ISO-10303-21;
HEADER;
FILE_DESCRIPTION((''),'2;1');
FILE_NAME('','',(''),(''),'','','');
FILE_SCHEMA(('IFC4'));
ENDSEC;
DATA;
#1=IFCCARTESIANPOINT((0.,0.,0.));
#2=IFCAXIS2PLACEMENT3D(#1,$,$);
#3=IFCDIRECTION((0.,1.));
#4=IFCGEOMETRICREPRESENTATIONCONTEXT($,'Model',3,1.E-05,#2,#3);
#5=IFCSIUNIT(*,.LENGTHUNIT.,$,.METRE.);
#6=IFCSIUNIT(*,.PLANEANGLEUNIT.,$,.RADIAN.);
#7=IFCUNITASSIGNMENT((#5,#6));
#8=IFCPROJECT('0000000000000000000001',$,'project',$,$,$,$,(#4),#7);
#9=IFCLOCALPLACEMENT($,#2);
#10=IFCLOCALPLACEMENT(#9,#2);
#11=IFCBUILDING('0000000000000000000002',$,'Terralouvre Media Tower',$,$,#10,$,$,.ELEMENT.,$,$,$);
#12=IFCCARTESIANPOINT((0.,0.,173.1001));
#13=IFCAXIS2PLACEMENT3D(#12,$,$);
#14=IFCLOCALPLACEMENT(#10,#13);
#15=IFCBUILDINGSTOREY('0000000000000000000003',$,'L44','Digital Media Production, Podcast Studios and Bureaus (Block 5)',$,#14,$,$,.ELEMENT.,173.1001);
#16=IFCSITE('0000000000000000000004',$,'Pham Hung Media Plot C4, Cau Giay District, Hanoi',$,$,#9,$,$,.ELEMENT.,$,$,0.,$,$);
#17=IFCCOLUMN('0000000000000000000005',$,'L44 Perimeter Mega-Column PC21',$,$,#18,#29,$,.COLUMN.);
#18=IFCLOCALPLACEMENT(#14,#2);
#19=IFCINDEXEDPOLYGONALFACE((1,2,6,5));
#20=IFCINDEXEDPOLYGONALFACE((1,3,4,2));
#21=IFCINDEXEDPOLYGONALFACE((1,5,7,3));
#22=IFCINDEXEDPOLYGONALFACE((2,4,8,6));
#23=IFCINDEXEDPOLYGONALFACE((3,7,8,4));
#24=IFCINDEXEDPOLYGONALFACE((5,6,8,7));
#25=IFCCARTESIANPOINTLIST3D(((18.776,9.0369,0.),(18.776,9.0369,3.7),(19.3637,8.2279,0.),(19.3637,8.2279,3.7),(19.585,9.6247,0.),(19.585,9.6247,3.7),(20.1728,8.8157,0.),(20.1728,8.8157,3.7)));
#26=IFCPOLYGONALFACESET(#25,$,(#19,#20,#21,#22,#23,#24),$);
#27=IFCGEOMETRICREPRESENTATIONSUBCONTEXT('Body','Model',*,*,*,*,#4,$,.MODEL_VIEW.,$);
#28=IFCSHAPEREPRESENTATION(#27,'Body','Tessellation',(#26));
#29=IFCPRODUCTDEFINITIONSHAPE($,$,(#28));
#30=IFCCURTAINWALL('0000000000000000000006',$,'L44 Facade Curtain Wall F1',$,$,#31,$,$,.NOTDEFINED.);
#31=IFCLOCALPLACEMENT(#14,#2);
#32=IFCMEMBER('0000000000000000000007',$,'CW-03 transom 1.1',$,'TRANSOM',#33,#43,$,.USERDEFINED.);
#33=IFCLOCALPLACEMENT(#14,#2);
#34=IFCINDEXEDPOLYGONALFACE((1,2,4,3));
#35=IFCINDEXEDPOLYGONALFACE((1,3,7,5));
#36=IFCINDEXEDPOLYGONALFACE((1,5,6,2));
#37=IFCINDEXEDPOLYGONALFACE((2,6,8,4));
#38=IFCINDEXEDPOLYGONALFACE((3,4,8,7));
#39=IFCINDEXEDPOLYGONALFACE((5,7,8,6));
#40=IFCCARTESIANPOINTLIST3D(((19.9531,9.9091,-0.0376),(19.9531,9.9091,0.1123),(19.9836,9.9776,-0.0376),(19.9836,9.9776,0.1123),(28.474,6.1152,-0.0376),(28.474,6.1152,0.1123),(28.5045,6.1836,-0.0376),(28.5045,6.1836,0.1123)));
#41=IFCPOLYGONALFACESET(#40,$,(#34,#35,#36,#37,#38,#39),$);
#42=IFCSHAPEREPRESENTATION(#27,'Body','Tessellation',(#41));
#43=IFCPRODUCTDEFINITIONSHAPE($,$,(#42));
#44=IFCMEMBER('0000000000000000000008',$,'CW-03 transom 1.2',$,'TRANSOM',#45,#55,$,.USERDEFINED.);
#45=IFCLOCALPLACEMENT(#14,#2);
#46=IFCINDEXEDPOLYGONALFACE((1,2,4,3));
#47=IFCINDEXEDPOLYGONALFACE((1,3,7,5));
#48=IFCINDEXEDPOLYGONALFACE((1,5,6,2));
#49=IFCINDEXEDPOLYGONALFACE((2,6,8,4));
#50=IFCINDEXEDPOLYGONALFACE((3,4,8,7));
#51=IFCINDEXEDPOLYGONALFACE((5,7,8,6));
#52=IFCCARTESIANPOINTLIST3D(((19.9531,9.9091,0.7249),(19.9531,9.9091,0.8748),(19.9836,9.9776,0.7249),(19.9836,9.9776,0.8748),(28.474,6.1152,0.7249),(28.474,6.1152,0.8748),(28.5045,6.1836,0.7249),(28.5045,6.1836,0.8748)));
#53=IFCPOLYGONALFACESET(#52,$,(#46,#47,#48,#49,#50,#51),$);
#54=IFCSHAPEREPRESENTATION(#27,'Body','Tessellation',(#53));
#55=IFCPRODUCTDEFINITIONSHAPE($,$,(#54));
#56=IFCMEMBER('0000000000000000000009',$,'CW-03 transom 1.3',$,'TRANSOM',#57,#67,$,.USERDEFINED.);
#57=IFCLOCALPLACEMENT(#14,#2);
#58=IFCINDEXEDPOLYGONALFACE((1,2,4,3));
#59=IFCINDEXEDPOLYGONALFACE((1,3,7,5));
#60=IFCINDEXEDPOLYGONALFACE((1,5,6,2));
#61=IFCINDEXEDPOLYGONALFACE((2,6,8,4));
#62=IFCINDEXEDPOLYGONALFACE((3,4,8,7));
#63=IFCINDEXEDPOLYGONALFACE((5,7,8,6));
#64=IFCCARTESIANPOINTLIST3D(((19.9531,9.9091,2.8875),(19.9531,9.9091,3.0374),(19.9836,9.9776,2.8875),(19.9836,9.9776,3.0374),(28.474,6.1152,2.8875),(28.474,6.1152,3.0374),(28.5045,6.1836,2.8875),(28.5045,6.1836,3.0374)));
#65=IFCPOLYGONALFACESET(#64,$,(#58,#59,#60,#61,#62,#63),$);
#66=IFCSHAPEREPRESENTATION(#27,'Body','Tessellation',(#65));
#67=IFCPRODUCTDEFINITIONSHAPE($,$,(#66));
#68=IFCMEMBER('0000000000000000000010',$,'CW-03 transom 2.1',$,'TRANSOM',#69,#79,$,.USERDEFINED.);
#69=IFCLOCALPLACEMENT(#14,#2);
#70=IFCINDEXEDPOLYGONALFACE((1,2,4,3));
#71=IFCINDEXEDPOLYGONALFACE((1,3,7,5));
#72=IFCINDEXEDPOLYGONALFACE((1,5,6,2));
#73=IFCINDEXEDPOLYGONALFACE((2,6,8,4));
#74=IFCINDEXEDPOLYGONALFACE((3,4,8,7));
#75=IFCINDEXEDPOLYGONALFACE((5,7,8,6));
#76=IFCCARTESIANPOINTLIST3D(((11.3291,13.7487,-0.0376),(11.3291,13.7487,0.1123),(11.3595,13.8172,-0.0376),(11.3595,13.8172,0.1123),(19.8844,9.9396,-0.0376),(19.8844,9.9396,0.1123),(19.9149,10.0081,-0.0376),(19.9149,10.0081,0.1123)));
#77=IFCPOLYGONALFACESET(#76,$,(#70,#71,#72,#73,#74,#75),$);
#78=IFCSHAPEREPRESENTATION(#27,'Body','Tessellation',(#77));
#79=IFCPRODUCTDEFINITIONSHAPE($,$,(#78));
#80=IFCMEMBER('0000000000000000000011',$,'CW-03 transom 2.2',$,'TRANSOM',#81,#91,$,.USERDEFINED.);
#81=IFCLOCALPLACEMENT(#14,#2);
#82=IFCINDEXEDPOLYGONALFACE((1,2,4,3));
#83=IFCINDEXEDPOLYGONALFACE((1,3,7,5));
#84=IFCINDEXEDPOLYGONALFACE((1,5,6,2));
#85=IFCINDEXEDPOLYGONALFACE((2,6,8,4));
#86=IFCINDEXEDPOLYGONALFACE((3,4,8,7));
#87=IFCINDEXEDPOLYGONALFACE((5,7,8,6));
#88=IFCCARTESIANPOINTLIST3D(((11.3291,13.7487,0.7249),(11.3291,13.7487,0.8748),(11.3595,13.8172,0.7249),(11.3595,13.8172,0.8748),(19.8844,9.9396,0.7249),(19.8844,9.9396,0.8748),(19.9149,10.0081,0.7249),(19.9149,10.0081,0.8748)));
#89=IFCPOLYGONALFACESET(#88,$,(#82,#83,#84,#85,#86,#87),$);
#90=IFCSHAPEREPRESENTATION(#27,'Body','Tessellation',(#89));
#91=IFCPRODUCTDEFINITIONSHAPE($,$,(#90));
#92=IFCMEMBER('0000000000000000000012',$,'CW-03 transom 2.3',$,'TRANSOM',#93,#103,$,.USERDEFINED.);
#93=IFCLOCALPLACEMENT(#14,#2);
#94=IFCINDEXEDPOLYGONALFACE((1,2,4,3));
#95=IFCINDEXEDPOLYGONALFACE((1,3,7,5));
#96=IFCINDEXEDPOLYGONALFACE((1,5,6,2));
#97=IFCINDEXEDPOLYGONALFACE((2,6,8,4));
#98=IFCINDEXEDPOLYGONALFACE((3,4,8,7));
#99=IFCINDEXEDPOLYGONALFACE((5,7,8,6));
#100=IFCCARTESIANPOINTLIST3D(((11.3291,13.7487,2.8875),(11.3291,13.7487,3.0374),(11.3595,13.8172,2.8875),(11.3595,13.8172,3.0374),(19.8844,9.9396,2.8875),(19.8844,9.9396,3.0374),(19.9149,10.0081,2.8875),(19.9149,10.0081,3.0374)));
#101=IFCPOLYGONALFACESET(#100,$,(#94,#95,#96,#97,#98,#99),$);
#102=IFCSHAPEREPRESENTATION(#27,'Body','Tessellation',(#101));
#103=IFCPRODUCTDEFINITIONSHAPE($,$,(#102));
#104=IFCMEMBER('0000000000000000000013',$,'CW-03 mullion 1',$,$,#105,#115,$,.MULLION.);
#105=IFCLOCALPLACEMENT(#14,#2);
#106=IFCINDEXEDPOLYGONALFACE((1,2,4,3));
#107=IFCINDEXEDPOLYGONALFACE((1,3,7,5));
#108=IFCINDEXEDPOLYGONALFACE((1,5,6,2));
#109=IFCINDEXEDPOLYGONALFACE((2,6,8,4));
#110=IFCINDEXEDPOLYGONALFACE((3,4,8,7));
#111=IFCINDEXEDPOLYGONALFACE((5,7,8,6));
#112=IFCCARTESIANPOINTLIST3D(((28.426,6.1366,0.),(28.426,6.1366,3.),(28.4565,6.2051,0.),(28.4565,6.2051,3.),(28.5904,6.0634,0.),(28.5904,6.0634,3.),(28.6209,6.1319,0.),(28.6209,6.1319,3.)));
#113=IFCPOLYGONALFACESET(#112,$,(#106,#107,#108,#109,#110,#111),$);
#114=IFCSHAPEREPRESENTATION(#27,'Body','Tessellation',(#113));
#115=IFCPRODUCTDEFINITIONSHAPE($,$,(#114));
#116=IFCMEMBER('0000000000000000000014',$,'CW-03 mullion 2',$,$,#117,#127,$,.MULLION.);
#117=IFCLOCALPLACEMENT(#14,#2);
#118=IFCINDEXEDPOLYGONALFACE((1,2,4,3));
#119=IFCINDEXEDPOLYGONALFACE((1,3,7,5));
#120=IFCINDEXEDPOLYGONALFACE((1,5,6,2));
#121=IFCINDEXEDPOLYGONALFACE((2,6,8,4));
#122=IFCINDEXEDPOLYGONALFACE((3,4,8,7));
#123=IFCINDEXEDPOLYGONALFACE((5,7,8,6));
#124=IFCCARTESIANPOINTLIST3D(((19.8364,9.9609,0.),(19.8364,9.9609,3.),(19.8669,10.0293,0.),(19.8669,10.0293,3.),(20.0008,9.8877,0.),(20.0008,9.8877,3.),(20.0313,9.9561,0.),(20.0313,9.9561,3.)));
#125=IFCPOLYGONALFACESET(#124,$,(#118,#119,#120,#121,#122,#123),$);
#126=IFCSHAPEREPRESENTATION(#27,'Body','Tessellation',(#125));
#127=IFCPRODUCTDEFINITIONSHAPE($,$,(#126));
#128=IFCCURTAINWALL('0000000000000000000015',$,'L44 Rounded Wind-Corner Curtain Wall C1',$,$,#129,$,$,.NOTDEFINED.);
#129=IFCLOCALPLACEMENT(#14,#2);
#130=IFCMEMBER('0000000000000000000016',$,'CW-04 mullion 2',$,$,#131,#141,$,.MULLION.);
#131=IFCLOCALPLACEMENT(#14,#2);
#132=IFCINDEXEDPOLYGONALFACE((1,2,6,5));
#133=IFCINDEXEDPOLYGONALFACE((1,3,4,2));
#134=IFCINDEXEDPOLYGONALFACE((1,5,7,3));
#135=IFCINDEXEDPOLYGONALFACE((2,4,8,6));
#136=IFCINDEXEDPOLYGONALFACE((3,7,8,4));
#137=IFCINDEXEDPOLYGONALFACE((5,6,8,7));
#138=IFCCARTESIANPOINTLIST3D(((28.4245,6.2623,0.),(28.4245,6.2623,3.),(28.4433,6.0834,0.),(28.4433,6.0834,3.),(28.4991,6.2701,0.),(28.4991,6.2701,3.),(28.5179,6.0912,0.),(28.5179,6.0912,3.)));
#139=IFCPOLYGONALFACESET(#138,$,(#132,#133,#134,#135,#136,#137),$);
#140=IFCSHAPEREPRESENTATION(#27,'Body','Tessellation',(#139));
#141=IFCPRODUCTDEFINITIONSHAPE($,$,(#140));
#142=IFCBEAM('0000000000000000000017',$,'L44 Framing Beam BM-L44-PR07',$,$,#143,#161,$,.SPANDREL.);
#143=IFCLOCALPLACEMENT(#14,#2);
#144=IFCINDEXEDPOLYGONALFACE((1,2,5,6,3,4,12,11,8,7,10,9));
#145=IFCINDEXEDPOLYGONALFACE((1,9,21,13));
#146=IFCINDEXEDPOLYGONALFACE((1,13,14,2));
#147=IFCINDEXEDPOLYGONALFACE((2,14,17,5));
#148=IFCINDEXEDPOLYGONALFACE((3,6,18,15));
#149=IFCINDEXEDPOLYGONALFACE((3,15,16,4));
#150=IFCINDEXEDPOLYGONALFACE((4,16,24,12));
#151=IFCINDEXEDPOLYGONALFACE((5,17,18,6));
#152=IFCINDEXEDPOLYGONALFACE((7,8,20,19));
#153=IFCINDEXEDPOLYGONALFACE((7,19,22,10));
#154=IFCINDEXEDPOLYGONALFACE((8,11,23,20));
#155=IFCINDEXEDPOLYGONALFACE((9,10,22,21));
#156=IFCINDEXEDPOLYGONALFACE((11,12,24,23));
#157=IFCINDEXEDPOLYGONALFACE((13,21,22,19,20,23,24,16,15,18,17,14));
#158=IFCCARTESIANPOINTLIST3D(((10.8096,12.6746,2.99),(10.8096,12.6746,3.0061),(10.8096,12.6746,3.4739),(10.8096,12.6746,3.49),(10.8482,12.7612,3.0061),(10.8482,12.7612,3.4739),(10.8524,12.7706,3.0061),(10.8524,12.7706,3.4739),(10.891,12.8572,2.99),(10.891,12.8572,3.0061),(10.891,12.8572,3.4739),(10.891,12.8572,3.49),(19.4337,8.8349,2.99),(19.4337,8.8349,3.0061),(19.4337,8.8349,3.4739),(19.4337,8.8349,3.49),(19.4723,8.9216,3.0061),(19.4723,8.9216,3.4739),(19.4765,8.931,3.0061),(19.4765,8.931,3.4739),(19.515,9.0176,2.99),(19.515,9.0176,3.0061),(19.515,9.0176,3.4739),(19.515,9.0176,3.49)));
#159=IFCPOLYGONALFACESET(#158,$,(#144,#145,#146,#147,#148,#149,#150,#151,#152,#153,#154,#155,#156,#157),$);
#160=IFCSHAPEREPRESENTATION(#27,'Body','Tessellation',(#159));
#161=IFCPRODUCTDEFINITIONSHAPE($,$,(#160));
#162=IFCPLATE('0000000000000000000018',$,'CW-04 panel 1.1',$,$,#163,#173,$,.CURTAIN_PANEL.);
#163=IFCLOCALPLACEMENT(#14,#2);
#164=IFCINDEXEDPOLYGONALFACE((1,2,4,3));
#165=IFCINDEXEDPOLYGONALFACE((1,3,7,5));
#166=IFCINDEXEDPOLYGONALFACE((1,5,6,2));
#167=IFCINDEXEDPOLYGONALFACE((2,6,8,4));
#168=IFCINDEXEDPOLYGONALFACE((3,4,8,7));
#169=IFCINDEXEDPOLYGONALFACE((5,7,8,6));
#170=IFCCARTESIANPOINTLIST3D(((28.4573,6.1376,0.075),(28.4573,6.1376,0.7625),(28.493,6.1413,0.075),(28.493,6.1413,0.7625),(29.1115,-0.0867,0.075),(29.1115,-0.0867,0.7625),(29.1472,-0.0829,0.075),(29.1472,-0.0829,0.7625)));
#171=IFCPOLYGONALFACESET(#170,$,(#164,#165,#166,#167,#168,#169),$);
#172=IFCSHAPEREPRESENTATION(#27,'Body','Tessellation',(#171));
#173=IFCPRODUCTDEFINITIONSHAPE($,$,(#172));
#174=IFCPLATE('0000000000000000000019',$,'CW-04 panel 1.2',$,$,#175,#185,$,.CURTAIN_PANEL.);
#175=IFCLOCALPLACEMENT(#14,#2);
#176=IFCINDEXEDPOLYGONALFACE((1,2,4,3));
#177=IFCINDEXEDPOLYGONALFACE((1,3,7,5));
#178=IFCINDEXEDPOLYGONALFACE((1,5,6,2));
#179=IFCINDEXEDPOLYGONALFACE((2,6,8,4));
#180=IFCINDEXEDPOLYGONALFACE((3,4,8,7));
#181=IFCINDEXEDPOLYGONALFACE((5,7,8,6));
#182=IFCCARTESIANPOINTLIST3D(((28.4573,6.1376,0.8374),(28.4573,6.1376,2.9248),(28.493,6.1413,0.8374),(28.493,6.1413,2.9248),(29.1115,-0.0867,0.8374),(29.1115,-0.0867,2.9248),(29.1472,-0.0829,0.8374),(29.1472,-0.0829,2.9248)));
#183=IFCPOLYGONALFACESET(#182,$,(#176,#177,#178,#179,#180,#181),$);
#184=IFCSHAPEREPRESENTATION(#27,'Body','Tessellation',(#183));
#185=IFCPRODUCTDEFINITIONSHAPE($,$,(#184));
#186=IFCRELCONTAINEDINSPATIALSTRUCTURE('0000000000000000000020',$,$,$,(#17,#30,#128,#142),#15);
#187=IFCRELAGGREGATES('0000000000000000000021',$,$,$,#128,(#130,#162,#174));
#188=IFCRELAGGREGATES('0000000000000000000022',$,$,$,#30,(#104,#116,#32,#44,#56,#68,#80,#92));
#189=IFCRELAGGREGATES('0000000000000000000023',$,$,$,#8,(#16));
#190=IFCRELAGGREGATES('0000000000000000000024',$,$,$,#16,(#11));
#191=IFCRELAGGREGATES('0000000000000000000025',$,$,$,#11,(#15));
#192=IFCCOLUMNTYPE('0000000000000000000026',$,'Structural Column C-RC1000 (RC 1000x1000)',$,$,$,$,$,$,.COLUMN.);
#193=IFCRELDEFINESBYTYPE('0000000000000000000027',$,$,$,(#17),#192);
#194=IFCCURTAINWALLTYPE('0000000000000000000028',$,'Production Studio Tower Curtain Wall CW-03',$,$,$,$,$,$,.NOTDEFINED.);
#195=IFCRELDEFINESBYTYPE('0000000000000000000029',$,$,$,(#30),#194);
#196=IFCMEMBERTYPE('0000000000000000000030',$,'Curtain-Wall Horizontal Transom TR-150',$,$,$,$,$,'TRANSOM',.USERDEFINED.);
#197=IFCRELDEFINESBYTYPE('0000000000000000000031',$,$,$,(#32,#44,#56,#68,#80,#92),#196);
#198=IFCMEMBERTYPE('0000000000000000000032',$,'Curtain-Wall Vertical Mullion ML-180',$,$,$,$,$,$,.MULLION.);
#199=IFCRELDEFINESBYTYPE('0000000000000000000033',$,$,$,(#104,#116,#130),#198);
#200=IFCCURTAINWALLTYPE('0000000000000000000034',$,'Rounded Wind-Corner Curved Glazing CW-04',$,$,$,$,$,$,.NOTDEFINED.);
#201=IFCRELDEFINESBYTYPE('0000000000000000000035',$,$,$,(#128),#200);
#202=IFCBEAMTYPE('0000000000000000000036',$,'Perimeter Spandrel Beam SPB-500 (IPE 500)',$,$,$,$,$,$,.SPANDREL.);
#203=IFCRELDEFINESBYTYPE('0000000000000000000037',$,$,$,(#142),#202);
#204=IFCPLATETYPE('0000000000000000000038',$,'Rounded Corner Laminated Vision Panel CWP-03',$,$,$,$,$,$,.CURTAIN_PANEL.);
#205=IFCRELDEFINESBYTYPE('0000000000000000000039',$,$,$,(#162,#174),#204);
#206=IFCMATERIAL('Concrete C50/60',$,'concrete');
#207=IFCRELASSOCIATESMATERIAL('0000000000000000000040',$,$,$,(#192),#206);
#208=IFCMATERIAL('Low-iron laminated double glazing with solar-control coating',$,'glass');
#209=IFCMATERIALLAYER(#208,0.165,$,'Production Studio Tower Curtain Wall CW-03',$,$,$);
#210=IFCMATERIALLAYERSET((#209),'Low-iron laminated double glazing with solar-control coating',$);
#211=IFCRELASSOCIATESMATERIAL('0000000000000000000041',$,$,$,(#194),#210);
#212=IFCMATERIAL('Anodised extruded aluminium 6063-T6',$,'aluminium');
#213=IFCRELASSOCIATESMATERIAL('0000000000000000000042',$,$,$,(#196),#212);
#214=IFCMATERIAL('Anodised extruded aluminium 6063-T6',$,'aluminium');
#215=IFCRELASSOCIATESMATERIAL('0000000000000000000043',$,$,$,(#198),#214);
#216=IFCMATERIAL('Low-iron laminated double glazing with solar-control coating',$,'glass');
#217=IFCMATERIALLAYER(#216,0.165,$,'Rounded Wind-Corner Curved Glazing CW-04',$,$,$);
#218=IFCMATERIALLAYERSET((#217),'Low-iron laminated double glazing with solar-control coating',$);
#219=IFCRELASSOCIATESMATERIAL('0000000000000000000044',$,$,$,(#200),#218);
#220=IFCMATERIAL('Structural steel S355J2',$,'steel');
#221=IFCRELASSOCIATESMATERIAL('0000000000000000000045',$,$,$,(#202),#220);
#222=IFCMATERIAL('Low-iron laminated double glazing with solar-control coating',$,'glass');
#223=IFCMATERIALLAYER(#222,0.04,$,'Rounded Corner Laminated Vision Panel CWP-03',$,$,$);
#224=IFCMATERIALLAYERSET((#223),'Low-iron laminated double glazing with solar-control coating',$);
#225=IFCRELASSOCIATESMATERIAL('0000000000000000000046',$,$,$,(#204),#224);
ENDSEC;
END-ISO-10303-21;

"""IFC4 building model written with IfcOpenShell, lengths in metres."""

from ifc_helpers import new_model, si_unit, direction, frame, origin, origin_2d, place, context, subcontext, project, spatial, rectangle, i_section, extrude, material, layer, layer_set, material_profile, profile_set, type_object, element, aggregate, save


model = new_model("IFC4")

# Units and contexts
model_context = context("Model", 3, precision=1e-05, world=origin(), true_north=direction((0.0, 1.0)))
body_context = subcontext(model_context, "Body", "Model", "MODEL_VIEW")
ifc_project = project(units=[si_unit("LENGTHUNIT", "METRE"), si_unit("PLANEANGLEUNIT", "RADIAN")], contexts=[model_context])

# Site, building, storey
site_placement = place(None, origin())
site = spatial("IfcSite", under=ifc_project, at=site_placement, Name="Pham Hung Media Plot C4, Cau Giay District, Hanoi", CompositionType="ELEMENT", RefElevation=0.0)
building_placement = place(site_placement, origin())
building = spatial("IfcBuilding", under=site, at=building_placement, Name="Terralouvre Media Tower", CompositionType="ELEMENT")
storey_placement = place(building_placement, frame((0.0, 0.0, 173.1001)))
storey = spatial("IfcBuildingStorey", under=building, at=storey_placement, Name="L44", Description="Digital Media Production, Podcast Studios and Bureaus (Block 5)", CompositionType="ELEMENT", Elevation=173.1001)

# Column
ifc_material_1 = material(Name="Concrete C50/60", Category="concrete")
ifc_material_profile_1 = material_profile(ifc_material_1, rectangle(XDim=1.0, YDim=1.0, at=origin_2d()), Name="RC 1000x1000")
ifc_profile_set_1 = profile_set([ifc_material_profile_1], Name="Concrete C50/60")
column_type = type_object("IfcColumnType", Name="Structural Column C-RC1000 (RC 1000x1000)", PredefinedType="COLUMN", material=ifc_profile_set_1)
column_placement = place(storey_placement, frame((19.4744, 8.9263, 0.0), z_axis=(0.0, 0.0, 1.0), x_axis=(0.809017, 0.587785, 0.0)))
element("IfcColumn", 1, at=column_placement, inside=storey, type_object=column_type, Name="L44 Perimeter Mega-Column PC21", PredefinedType="COLUMN", context=body_context, shape_type="SweptSolid", body=[
    extrude(rectangle(XDim=1.0, YDim=1.0, at=origin_2d()), origin(), (0.0, 0.0, 1.0), 3.7),
])

# Curtain wall, members
ifc_material_2 = material(Name="Low-iron laminated double glazing with solar-control coating", Category="glass")
ifc_layer_1 = layer(ifc_material_2, 0.165, Name="Production Studio Tower Curtain Wall CW-03")
ifc_layer_set_1 = layer_set([ifc_layer_1], Name="Low-iron laminated double glazing with solar-control coating")
curtain_wall_type_1 = type_object("IfcCurtainWallType", Name="Production Studio Tower Curtain Wall CW-03", PredefinedType="NOTDEFINED", material=ifc_layer_set_1)
curtain_wall_1_placement = place(storey_placement, origin())
curtain_wall_1 = element("IfcCurtainWall", 2, at=curtain_wall_1_placement, inside=storey, type_object=curtain_wall_type_1, Name="L44 Facade Curtain Wall F1", PredefinedType="NOTDEFINED")
ifc_material_3 = material(Name="Anodised extruded aluminium 6063-T6", Category="aluminium")
ifc_material_profile_2 = material_profile(ifc_material_3, rectangle(XDim=0.075, YDim=0.1499, at=origin_2d()), Name="ALU 75x150")
ifc_profile_set_2 = profile_set([ifc_material_profile_2], Name="Anodised extruded aluminium 6063-T6")
member_type_1 = type_object("IfcMemberType", Name="Curtain-Wall Horizontal Transom TR-150", ElementType="TRANSOM", PredefinedType="USERDEFINED", material=ifc_profile_set_2)
member_1_placement = place(storey_placement, frame((28.4893, 6.1494, 0.0374), z_axis=(-0.913539, 0.40675, 0.0), x_axis=(-0.40675, -0.913539, 0.0)))
member_1 = element("IfcMember", 3, at=member_1_placement, type_object=member_type_1, Name="CW-03 transom 1.1", ObjectType="TRANSOM", PredefinedType="USERDEFINED", context=body_context, shape_type="SweptSolid", body=[
    extrude(rectangle(XDim=0.075, YDim=0.1499, at=origin_2d()), origin(), (0.0, 0.0, 1.0), 9.3274),
])
member_2_placement = place(storey_placement, frame((28.4893, 6.1494, 0.7998), z_axis=(-0.913539, 0.40675, 0.0), x_axis=(-0.40675, -0.913539, 0.0)))
member_2 = element("IfcMember", 4, at=member_2_placement, type_object=member_type_1, Name="CW-03 transom 1.2", ObjectType="TRANSOM", PredefinedType="USERDEFINED", context=body_context, shape_type="SweptSolid", body=[
    extrude(rectangle(XDim=0.075, YDim=0.1499, at=origin_2d()), origin(), (0.0, 0.0, 1.0), 9.3274),
])
member_3_placement = place(storey_placement, frame((28.4893, 6.1494, 2.9624), z_axis=(-0.913539, 0.40675, 0.0), x_axis=(-0.40675, -0.913539, 0.0)))
member_3 = element("IfcMember", 5, at=member_3_placement, type_object=member_type_1, Name="CW-03 transom 1.3", ObjectType="TRANSOM", PredefinedType="USERDEFINED", context=body_context, shape_type="SweptSolid", body=[
    extrude(rectangle(XDim=0.075, YDim=0.1499, at=origin_2d()), origin(), (0.0, 0.0, 1.0), 9.3274),
])
member_4_placement = place(storey_placement, frame((19.8997, 9.9739, 0.0374), z_axis=(-0.913547, 0.406733, 0.0), x_axis=(-0.406733, -0.913547, 0.0)))
member_4 = element("IfcMember", 6, at=member_4_placement, type_object=member_type_1, Name="CW-03 transom 2.1", ObjectType="TRANSOM", PredefinedType="USERDEFINED", context=body_context, shape_type="SweptSolid", body=[
    extrude(rectangle(XDim=0.075, YDim=0.1499, at=origin_2d()), origin(), (0.0, 0.0, 1.0), 9.365),
])
member_5_placement = place(storey_placement, frame((19.8997, 9.9739, 0.7998), z_axis=(-0.913547, 0.406733, 0.0), x_axis=(-0.406733, -0.913547, 0.0)))
member_5 = element("IfcMember", 7, at=member_5_placement, type_object=member_type_1, Name="CW-03 transom 2.2", ObjectType="TRANSOM", PredefinedType="USERDEFINED", context=body_context, shape_type="SweptSolid", body=[
    extrude(rectangle(XDim=0.075, YDim=0.1499, at=origin_2d()), origin(), (0.0, 0.0, 1.0), 9.365),
])
member_6_placement = place(storey_placement, frame((19.8997, 9.9739, 2.9624), z_axis=(-0.913547, 0.406733, 0.0), x_axis=(-0.406733, -0.913547, 0.0)))
member_6 = element("IfcMember", 8, at=member_6_placement, type_object=member_type_1, Name="CW-03 transom 2.3", ObjectType="TRANSOM", PredefinedType="USERDEFINED", context=body_context, shape_type="SweptSolid", body=[
    extrude(rectangle(XDim=0.075, YDim=0.1499, at=origin_2d()), origin(), (0.0, 0.0, 1.0), 9.365),
])
ifc_material_4 = material(Name="Anodised extruded aluminium 6063-T6", Category="aluminium")
ifc_material_profile_3 = material_profile(ifc_material_4, rectangle(XDim=0.075, YDim=0.1799, at=origin_2d()), Name="ALU 75x180")
ifc_profile_set_3 = profile_set([ifc_material_profile_3], Name="Anodised extruded aluminium 6063-T6")
member_type_2 = type_object("IfcMemberType", Name="Curtain-Wall Vertical Mullion ML-180", PredefinedType="MULLION", material=ifc_profile_set_3)
member_7_placement = place(storey_placement, frame((28.5234, 6.1343, 0.0), z_axis=(0.0, 0.0, 1.0), x_axis=(-0.406737, -0.913545, 0.0)))
member_7 = element("IfcMember", 9, at=member_7_placement, type_object=member_type_2, Name="CW-03 mullion 1", PredefinedType="MULLION", context=body_context, shape_type="SweptSolid", body=[
    extrude(rectangle(XDim=0.075, YDim=0.1799, at=origin_2d()), origin(), (0.0, 0.0, 1.0), 3.0),
])
member_8_placement = place(storey_placement, frame((19.9338, 9.9585, 0.0), z_axis=(0.0, 0.0, 1.0), x_axis=(-0.406737, -0.913545, 0.0)))
member_8 = element("IfcMember", 10, at=member_8_placement, type_object=member_type_2, Name="CW-03 mullion 2", PredefinedType="MULLION", context=body_context, shape_type="SweptSolid", body=[
    extrude(rectangle(XDim=0.075, YDim=0.1799, at=origin_2d()), origin(), (0.0, 0.0, 1.0), 3.0),
])

# Curtain wall, member
ifc_material_5 = material(Name="Low-iron laminated double glazing with solar-control coating", Category="glass")
ifc_layer_2 = layer(ifc_material_5, 0.165, Name="Rounded Wind-Corner Curved Glazing CW-04")
ifc_layer_set_2 = layer_set([ifc_layer_2], Name="Low-iron laminated double glazing with solar-control coating")
curtain_wall_type_2 = type_object("IfcCurtainWallType", Name="Rounded Wind-Corner Curved Glazing CW-04", PredefinedType="NOTDEFINED", material=ifc_layer_set_2)
curtain_wall_2_placement = place(storey_placement, origin())
curtain_wall_2 = element("IfcCurtainWall", 11, at=curtain_wall_2_placement, inside=storey, type_object=curtain_wall_type_2, Name="L44 Rounded Wind-Corner Curtain Wall C1", PredefinedType="NOTDEFINED")
member_9_placement = place(storey_placement, frame((28.4712, 6.1768, 0.0), z_axis=(0.0, 0.0, 1.0), x_axis=(-0.994522, -0.104529, 0.0)))
member_9 = element("IfcMember", 12, at=member_9_placement, type_object=member_type_2, Name="CW-04 mullion 2", PredefinedType="MULLION", context=body_context, shape_type="SweptSolid", body=[
    extrude(rectangle(XDim=0.075, YDim=0.1799, at=origin_2d()), origin(), (0.0, 0.0, 1.0), 3.0),
])

# Beam
ifc_material_6 = material(Name="Structural steel S355J2", Category="steel")
ifc_material_profile_4 = material_profile(ifc_material_6, i_section(OverallWidth=0.2, OverallDepth=0.5, WebThickness=0.0103, FlangeThickness=0.0161, at=origin_2d()), Name="IPE 500")
ifc_profile_set_4 = profile_set([ifc_material_profile_4], Name="Structural steel S355J2")
beam_type = type_object("IfcBeamType", Name="Perimeter Spandrel Beam SPB-500 (IPE 500)", PredefinedType="SPANDREL", material=ifc_profile_set_4)
beam_placement = place(storey_placement, frame((19.4744, 8.9263, 3.24), z_axis=(-0.913548, 0.406731, 0.0), x_axis=(-0.406731, -0.913548, 0.0)))
element("IfcBeam", 13, at=beam_placement, inside=storey, type_object=beam_type, Name="L44 Framing Beam BM-L44-PR07", PredefinedType="SPANDREL", context=body_context, shape_type="SweptSolid", body=[
    extrude(i_section(OverallWidth=0.2, OverallDepth=0.5, WebThickness=0.0103, FlangeThickness=0.0161, at=origin_2d()), origin(), (0.0, 0.0, 1.0), 9.4402),
])

# Plates
ifc_material_7 = material(Name="Low-iron laminated double glazing with solar-control coating", Category="glass")
ifc_layer_3 = layer(ifc_material_7, 0.04, Name="Rounded Corner Laminated Vision Panel CWP-03")
ifc_layer_set_3 = layer_set([ifc_layer_3], Name="Low-iron laminated double glazing with solar-control coating")
plate_type_1 = type_object("IfcPlateType", Name="Rounded Corner Laminated Vision Panel CWP-03", PredefinedType="CURTAIN_PANEL", material=ifc_layer_set_3)
plate_1_placement = place(storey_placement, frame((28.8022, 3.0273, 0.075), z_axis=(0.0, 0.0, 1.0), x_axis=(-0.104529, 0.994522, 0.0)))
plate_1 = element("IfcPlate", 14, at=plate_1_placement, type_object=plate_type_1, Name="CW-04 panel 1.1", PredefinedType="CURTAIN_PANEL", context=body_context, shape_type="SweptSolid", body=[
    extrude(rectangle(XDim=6.2585, YDim=0.0359, at=origin_2d()), origin(), (0.0, 0.0, 1.0), 0.6875),
])
plate_2_placement = place(storey_placement, frame((28.8022, 3.0273, 0.8374), z_axis=(0.0, 0.0, 1.0), x_axis=(-0.104529, 0.994522, 0.0)))
plate_2 = element("IfcPlate", 15, at=plate_2_placement, type_object=plate_type_1, Name="CW-04 panel 1.2", PredefinedType="CURTAIN_PANEL", context=body_context, shape_type="SweptSolid", body=[
    extrude(rectangle(XDim=6.2585, YDim=0.0359, at=origin_2d()), origin(), (0.0, 0.0, 1.0), 2.0874),
])
aggregate(curtain_wall_2, [member_9, plate_1, plate_2])
aggregate(curtain_wall_1, [member_7, member_8, member_1, member_2, member_3, member_4, member_5, member_6])

save(model, "model.ifc")
